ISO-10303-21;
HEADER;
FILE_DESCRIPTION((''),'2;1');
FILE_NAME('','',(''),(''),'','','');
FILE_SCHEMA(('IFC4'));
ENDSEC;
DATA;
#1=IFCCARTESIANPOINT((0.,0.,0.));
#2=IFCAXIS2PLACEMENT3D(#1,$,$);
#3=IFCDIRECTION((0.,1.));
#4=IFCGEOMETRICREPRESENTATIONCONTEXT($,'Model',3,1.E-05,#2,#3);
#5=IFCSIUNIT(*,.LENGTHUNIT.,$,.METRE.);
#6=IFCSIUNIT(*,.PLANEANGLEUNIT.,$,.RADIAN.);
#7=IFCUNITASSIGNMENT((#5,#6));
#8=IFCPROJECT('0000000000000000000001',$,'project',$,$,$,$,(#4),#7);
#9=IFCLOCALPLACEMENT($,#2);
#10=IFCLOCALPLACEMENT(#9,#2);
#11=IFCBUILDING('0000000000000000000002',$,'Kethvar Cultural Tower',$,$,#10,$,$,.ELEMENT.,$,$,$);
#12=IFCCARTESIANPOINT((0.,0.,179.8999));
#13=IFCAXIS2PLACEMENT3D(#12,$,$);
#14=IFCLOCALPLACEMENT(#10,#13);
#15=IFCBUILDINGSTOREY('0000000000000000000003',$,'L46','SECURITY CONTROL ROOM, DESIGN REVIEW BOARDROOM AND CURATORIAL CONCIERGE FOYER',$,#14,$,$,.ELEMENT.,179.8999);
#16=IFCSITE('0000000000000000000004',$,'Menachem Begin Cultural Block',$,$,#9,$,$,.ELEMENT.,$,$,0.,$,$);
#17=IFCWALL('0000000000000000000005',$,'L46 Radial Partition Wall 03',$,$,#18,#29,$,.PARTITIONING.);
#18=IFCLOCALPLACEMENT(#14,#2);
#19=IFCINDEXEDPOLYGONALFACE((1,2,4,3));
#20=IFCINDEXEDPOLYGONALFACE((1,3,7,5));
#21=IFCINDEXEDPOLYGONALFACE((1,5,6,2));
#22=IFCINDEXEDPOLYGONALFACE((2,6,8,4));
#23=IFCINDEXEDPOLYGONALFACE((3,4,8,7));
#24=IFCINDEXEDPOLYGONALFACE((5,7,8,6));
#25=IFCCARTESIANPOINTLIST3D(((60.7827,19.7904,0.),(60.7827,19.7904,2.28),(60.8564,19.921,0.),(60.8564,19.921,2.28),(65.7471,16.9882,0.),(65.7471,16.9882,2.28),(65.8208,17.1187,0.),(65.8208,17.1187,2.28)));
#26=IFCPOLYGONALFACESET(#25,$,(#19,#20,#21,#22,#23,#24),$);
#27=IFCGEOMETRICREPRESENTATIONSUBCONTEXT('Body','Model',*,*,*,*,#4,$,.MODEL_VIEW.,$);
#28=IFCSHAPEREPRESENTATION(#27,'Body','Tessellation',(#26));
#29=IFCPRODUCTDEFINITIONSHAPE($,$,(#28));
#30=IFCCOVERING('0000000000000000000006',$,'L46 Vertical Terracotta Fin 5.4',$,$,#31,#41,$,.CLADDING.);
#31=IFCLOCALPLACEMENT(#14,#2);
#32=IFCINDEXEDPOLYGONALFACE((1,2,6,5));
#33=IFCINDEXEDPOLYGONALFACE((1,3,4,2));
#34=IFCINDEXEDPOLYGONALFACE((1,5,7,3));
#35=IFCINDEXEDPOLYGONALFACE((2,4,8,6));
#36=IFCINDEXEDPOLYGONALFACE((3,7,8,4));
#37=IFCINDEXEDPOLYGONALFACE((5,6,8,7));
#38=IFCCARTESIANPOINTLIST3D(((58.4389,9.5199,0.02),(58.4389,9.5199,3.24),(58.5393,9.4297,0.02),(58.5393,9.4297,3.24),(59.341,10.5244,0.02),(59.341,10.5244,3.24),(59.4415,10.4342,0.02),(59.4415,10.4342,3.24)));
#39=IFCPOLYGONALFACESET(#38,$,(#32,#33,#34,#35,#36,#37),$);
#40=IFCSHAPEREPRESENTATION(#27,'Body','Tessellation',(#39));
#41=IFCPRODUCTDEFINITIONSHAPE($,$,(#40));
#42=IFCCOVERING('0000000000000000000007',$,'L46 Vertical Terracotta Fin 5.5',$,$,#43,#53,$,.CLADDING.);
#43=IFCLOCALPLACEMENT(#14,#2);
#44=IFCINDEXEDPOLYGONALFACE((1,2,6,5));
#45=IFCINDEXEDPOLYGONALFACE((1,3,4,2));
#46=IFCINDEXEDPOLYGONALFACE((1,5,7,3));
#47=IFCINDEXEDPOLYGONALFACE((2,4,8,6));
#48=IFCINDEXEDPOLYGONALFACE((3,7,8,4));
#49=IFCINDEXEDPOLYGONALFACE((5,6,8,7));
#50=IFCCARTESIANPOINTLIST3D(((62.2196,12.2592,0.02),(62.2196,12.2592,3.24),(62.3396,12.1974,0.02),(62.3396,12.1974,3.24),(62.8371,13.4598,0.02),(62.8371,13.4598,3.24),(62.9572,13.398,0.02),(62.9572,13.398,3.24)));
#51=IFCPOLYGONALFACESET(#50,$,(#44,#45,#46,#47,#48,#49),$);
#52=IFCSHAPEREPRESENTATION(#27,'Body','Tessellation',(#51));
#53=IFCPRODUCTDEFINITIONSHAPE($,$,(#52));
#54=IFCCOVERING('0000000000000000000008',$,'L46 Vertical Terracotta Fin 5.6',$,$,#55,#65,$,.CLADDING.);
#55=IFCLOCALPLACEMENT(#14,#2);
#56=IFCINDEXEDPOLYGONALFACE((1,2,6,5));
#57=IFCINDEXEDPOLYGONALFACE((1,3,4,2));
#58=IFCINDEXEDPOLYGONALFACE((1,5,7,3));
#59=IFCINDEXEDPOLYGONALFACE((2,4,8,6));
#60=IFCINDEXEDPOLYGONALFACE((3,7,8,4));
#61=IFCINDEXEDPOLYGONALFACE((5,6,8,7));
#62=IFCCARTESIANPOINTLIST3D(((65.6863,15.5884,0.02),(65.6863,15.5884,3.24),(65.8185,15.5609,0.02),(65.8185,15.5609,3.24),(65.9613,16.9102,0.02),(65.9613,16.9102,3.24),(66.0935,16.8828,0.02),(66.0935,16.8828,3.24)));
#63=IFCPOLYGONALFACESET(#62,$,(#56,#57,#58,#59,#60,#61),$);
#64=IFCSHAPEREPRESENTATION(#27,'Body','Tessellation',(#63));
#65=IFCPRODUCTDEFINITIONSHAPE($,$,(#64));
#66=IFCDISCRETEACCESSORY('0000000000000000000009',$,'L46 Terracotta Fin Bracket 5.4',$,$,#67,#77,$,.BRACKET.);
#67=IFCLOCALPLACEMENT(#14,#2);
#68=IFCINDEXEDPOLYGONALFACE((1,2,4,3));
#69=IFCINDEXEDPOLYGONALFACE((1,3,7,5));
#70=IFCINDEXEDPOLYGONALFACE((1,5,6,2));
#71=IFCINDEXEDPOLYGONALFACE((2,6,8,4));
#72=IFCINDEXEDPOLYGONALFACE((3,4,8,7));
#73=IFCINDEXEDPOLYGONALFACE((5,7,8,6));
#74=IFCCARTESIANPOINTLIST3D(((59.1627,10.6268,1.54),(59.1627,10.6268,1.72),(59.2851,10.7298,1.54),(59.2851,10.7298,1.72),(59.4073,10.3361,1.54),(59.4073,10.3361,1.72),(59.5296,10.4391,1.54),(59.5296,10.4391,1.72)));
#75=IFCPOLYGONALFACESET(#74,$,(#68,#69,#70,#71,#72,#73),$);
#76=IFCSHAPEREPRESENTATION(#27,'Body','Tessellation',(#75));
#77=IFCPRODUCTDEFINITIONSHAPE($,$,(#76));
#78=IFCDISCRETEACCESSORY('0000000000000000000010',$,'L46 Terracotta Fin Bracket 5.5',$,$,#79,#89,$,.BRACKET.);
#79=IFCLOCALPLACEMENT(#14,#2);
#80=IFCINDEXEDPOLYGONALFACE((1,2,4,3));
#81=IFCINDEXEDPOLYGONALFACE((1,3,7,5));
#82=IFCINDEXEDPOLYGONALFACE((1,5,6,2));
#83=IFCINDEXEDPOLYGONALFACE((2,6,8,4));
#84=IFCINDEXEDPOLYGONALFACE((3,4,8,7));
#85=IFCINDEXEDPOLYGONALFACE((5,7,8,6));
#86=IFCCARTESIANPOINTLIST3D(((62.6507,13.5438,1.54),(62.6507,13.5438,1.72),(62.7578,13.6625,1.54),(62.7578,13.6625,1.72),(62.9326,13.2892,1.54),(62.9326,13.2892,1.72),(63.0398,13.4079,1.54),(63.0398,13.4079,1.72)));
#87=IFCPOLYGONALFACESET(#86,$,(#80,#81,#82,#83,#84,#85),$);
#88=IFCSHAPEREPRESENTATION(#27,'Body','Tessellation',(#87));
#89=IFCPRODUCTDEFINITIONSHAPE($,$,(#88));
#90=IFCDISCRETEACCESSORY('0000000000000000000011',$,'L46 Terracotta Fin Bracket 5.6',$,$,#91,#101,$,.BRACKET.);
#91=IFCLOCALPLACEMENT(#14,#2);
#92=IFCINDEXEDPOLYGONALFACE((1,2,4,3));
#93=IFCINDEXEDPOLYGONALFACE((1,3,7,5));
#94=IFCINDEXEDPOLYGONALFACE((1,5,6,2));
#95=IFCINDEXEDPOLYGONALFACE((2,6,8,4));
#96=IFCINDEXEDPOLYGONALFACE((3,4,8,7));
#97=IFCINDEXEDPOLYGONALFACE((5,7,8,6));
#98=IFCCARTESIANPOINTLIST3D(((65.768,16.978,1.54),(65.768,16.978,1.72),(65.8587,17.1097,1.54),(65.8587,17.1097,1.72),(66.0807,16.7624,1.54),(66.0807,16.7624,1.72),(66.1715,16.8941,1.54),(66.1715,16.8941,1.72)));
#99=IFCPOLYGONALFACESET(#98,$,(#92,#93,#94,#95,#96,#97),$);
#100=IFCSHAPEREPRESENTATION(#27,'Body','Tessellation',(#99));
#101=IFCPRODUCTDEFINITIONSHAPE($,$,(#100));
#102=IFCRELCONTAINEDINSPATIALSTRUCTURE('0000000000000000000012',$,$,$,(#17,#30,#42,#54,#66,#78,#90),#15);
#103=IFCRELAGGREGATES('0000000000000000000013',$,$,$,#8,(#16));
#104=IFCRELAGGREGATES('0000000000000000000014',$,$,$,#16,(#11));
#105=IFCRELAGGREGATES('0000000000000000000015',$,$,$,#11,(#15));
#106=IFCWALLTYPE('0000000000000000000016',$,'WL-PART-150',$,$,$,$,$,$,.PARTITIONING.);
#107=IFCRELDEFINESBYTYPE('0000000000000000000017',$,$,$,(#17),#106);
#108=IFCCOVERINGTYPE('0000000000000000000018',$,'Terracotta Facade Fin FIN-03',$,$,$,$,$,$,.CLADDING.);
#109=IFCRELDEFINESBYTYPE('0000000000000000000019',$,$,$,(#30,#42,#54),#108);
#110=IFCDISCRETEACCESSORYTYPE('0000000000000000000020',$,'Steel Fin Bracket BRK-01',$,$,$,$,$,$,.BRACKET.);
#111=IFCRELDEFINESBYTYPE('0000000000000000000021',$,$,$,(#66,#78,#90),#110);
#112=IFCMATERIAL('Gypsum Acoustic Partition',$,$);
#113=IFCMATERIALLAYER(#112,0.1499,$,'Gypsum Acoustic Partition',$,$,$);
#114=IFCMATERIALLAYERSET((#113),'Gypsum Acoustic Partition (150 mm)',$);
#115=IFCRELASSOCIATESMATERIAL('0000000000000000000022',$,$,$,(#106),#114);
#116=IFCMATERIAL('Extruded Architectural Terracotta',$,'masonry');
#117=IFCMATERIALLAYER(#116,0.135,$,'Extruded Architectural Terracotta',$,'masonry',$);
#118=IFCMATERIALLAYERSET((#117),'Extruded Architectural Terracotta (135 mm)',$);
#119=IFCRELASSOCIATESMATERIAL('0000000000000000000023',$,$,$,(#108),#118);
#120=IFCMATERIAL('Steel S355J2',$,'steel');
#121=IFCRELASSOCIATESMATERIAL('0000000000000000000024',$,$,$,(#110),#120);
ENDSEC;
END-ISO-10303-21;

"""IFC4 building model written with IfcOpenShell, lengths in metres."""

from ifc_helpers import new_model, si_unit, direction, frame, frame_2d, origin, origin_2d, place, context, subcontext, project, spatial, rectangle, extrude, source, transform, mapped, material, layer, layer_set, type_object, element, save


model = new_model("IFC4")

# Units and contexts
model_context = context("Model", 3, precision=1e-05, world=origin(), true_north=direction((0.0, 1.0)))
body_context = subcontext(model_context, "Body", "Model", "MODEL_VIEW")
ifc_project = project(units=[si_unit("LENGTHUNIT", "METRE"), si_unit("PLANEANGLEUNIT", "RADIAN")], contexts=[model_context])

# Site, building, storey
site_placement = place(None, origin())
site = spatial("IfcSite", under=ifc_project, at=site_placement, Name="Menachem Begin Cultural Block", CompositionType="ELEMENT", RefElevation=0.0)
building_placement = place(site_placement, origin())
building = spatial("IfcBuilding", under=site, at=building_placement, Name="Kethvar Cultural Tower", CompositionType="ELEMENT")
storey_placement = place(building_placement, frame((0.0, 0.0, 179.8999)))
storey = spatial("IfcBuildingStorey", under=building, at=storey_placement, Name="L46", Description="SECURITY CONTROL ROOM, DESIGN REVIEW BOARDROOM AND CURATORIAL CONCIERGE FOYER", CompositionType="ELEMENT", Elevation=179.8999)

# Shared definitions
ifc_material_1 = material(Name="Steel S355J2", Category="steel")

# Wall
ifc_material_2 = material(Name="Gypsum Acoustic Partition")
ifc_layer_1 = layer(ifc_material_2, 0.1499, Name="Gypsum Acoustic Partition")
ifc_layer_set_1 = layer_set([ifc_layer_1], Name="Gypsum Acoustic Partition (150 mm)")
wall_type_1 = type_object("IfcWallType", Name="WL-PART-150", PredefinedType="PARTITIONING", material=ifc_layer_set_1)
wall_1_placement = place(storey_placement, frame((60.8196, 19.8557, 0.0), z_axis=(0.0, 0.0, 1.0), x_axis=(0.87084, -0.491566, 0.0)))
element("IfcWall", 1, at=wall_1_placement, inside=storey, type_object=wall_type_1, Name="L46 Radial Partition Wall 03", PredefinedType="PARTITIONING", context=body_context, shape_type="SweptSolid", body=[
    extrude(rectangle(XDim=5.7007, YDim=0.1499, at=frame_2d((2.8503, 0.0))), origin(), (0.0, 0.0, 1.0), 2.28),
])

# Coverings
ifc_material_3 = material(Name="Extruded Architectural Terracotta", Category="masonry")
ifc_layer_2 = layer(ifc_material_3, 0.135, Name="Extruded Architectural Terracotta", Category="masonry")
ifc_layer_set_2 = layer_set([ifc_layer_2], Name="Extruded Architectural Terracotta (135 mm)")
covering_type = type_object("IfcCoveringType", Name="Terracotta Facade Fin FIN-03", PredefinedType="CLADDING", material=ifc_layer_set_2)
shared_shape_1 = source(origin(), body_context, "Body", "SweptSolid", [
    extrude(rectangle(XDim=1.3501, YDim=0.135, at=origin_2d()), origin(), (0.0, 0.0, 1.0), 3.22),
])
for number, where, z_axis, x_axis, name in (
    (2, (58.9402, 9.9771, 0.02), (0.0, 0.0, 1.0), (-0.668222, -0.743962, 0.0), "L46 Vertical Terracotta Fin 5.4"),
    (3, (62.5884, 12.8286, 0.02), (0.0, 0.0, 1.0), (-0.457408, -0.889257, 0.0), "L46 Vertical Terracotta Fin 5.5"),
    (4, (65.8899, 16.2356, 0.02), (0.0, 0.0, 1.0), (-0.203642, -0.979045, 0.0), "L46 Vertical Terracotta Fin 5.6"),
):
    element("IfcCovering", number, at=place(storey_placement, frame(where, z_axis=z_axis, x_axis=x_axis)), inside=storey, type_object=covering_type, Name=name, PredefinedType="CLADDING", context=body_context, shape_type="MappedRepresentation", body=[
        mapped(shared_shape_1, transform((0.0, 0.0, 0.0), scale=1.0)),
    ])

# Discrete accessories
discrete_accessory_type = type_object("IfcDiscreteAccessoryType", Name="Steel Fin Bracket BRK-01", PredefinedType="BRACKET", material=ifc_material_1)
shared_shape_2 = source(origin(), body_context, "Body", "SweptSolid", [
    extrude(rectangle(XDim=0.3799, YDim=0.1599, at=origin_2d()), origin(), (0.0, 0.0, 1.0), 0.1799),
])
for number, where, z_axis, x_axis, name in (
    (5, (59.3462, 10.533, 1.54), (0.0, 0.0, 1.0), (0.643723, -0.765259, 0.0), "L46 Terracotta Fin Bracket 5.4"),
    (6, (62.8452, 13.4758, 1.54), (0.0, 0.0, 1.0), (0.74221, -0.670168, 0.0), "L46 Terracotta Fin Bracket 5.5"),
    (7, (65.9697, 16.936, 1.54), (0.0, 0.0, 1.0), (0.823335, -0.567556, 0.0), "L46 Terracotta Fin Bracket 5.6"),
):
    element("IfcDiscreteAccessory", number, at=place(storey_placement, frame(where, z_axis=z_axis, x_axis=x_axis)), inside=storey, type_object=discrete_accessory_type, Name=name, PredefinedType="BRACKET", context=body_context, shape_type="MappedRepresentation", body=[
        mapped(shared_shape_2, transform((0.0, 0.0, 0.0), scale=1.0)),
    ])

save(model, "model.ifc")
